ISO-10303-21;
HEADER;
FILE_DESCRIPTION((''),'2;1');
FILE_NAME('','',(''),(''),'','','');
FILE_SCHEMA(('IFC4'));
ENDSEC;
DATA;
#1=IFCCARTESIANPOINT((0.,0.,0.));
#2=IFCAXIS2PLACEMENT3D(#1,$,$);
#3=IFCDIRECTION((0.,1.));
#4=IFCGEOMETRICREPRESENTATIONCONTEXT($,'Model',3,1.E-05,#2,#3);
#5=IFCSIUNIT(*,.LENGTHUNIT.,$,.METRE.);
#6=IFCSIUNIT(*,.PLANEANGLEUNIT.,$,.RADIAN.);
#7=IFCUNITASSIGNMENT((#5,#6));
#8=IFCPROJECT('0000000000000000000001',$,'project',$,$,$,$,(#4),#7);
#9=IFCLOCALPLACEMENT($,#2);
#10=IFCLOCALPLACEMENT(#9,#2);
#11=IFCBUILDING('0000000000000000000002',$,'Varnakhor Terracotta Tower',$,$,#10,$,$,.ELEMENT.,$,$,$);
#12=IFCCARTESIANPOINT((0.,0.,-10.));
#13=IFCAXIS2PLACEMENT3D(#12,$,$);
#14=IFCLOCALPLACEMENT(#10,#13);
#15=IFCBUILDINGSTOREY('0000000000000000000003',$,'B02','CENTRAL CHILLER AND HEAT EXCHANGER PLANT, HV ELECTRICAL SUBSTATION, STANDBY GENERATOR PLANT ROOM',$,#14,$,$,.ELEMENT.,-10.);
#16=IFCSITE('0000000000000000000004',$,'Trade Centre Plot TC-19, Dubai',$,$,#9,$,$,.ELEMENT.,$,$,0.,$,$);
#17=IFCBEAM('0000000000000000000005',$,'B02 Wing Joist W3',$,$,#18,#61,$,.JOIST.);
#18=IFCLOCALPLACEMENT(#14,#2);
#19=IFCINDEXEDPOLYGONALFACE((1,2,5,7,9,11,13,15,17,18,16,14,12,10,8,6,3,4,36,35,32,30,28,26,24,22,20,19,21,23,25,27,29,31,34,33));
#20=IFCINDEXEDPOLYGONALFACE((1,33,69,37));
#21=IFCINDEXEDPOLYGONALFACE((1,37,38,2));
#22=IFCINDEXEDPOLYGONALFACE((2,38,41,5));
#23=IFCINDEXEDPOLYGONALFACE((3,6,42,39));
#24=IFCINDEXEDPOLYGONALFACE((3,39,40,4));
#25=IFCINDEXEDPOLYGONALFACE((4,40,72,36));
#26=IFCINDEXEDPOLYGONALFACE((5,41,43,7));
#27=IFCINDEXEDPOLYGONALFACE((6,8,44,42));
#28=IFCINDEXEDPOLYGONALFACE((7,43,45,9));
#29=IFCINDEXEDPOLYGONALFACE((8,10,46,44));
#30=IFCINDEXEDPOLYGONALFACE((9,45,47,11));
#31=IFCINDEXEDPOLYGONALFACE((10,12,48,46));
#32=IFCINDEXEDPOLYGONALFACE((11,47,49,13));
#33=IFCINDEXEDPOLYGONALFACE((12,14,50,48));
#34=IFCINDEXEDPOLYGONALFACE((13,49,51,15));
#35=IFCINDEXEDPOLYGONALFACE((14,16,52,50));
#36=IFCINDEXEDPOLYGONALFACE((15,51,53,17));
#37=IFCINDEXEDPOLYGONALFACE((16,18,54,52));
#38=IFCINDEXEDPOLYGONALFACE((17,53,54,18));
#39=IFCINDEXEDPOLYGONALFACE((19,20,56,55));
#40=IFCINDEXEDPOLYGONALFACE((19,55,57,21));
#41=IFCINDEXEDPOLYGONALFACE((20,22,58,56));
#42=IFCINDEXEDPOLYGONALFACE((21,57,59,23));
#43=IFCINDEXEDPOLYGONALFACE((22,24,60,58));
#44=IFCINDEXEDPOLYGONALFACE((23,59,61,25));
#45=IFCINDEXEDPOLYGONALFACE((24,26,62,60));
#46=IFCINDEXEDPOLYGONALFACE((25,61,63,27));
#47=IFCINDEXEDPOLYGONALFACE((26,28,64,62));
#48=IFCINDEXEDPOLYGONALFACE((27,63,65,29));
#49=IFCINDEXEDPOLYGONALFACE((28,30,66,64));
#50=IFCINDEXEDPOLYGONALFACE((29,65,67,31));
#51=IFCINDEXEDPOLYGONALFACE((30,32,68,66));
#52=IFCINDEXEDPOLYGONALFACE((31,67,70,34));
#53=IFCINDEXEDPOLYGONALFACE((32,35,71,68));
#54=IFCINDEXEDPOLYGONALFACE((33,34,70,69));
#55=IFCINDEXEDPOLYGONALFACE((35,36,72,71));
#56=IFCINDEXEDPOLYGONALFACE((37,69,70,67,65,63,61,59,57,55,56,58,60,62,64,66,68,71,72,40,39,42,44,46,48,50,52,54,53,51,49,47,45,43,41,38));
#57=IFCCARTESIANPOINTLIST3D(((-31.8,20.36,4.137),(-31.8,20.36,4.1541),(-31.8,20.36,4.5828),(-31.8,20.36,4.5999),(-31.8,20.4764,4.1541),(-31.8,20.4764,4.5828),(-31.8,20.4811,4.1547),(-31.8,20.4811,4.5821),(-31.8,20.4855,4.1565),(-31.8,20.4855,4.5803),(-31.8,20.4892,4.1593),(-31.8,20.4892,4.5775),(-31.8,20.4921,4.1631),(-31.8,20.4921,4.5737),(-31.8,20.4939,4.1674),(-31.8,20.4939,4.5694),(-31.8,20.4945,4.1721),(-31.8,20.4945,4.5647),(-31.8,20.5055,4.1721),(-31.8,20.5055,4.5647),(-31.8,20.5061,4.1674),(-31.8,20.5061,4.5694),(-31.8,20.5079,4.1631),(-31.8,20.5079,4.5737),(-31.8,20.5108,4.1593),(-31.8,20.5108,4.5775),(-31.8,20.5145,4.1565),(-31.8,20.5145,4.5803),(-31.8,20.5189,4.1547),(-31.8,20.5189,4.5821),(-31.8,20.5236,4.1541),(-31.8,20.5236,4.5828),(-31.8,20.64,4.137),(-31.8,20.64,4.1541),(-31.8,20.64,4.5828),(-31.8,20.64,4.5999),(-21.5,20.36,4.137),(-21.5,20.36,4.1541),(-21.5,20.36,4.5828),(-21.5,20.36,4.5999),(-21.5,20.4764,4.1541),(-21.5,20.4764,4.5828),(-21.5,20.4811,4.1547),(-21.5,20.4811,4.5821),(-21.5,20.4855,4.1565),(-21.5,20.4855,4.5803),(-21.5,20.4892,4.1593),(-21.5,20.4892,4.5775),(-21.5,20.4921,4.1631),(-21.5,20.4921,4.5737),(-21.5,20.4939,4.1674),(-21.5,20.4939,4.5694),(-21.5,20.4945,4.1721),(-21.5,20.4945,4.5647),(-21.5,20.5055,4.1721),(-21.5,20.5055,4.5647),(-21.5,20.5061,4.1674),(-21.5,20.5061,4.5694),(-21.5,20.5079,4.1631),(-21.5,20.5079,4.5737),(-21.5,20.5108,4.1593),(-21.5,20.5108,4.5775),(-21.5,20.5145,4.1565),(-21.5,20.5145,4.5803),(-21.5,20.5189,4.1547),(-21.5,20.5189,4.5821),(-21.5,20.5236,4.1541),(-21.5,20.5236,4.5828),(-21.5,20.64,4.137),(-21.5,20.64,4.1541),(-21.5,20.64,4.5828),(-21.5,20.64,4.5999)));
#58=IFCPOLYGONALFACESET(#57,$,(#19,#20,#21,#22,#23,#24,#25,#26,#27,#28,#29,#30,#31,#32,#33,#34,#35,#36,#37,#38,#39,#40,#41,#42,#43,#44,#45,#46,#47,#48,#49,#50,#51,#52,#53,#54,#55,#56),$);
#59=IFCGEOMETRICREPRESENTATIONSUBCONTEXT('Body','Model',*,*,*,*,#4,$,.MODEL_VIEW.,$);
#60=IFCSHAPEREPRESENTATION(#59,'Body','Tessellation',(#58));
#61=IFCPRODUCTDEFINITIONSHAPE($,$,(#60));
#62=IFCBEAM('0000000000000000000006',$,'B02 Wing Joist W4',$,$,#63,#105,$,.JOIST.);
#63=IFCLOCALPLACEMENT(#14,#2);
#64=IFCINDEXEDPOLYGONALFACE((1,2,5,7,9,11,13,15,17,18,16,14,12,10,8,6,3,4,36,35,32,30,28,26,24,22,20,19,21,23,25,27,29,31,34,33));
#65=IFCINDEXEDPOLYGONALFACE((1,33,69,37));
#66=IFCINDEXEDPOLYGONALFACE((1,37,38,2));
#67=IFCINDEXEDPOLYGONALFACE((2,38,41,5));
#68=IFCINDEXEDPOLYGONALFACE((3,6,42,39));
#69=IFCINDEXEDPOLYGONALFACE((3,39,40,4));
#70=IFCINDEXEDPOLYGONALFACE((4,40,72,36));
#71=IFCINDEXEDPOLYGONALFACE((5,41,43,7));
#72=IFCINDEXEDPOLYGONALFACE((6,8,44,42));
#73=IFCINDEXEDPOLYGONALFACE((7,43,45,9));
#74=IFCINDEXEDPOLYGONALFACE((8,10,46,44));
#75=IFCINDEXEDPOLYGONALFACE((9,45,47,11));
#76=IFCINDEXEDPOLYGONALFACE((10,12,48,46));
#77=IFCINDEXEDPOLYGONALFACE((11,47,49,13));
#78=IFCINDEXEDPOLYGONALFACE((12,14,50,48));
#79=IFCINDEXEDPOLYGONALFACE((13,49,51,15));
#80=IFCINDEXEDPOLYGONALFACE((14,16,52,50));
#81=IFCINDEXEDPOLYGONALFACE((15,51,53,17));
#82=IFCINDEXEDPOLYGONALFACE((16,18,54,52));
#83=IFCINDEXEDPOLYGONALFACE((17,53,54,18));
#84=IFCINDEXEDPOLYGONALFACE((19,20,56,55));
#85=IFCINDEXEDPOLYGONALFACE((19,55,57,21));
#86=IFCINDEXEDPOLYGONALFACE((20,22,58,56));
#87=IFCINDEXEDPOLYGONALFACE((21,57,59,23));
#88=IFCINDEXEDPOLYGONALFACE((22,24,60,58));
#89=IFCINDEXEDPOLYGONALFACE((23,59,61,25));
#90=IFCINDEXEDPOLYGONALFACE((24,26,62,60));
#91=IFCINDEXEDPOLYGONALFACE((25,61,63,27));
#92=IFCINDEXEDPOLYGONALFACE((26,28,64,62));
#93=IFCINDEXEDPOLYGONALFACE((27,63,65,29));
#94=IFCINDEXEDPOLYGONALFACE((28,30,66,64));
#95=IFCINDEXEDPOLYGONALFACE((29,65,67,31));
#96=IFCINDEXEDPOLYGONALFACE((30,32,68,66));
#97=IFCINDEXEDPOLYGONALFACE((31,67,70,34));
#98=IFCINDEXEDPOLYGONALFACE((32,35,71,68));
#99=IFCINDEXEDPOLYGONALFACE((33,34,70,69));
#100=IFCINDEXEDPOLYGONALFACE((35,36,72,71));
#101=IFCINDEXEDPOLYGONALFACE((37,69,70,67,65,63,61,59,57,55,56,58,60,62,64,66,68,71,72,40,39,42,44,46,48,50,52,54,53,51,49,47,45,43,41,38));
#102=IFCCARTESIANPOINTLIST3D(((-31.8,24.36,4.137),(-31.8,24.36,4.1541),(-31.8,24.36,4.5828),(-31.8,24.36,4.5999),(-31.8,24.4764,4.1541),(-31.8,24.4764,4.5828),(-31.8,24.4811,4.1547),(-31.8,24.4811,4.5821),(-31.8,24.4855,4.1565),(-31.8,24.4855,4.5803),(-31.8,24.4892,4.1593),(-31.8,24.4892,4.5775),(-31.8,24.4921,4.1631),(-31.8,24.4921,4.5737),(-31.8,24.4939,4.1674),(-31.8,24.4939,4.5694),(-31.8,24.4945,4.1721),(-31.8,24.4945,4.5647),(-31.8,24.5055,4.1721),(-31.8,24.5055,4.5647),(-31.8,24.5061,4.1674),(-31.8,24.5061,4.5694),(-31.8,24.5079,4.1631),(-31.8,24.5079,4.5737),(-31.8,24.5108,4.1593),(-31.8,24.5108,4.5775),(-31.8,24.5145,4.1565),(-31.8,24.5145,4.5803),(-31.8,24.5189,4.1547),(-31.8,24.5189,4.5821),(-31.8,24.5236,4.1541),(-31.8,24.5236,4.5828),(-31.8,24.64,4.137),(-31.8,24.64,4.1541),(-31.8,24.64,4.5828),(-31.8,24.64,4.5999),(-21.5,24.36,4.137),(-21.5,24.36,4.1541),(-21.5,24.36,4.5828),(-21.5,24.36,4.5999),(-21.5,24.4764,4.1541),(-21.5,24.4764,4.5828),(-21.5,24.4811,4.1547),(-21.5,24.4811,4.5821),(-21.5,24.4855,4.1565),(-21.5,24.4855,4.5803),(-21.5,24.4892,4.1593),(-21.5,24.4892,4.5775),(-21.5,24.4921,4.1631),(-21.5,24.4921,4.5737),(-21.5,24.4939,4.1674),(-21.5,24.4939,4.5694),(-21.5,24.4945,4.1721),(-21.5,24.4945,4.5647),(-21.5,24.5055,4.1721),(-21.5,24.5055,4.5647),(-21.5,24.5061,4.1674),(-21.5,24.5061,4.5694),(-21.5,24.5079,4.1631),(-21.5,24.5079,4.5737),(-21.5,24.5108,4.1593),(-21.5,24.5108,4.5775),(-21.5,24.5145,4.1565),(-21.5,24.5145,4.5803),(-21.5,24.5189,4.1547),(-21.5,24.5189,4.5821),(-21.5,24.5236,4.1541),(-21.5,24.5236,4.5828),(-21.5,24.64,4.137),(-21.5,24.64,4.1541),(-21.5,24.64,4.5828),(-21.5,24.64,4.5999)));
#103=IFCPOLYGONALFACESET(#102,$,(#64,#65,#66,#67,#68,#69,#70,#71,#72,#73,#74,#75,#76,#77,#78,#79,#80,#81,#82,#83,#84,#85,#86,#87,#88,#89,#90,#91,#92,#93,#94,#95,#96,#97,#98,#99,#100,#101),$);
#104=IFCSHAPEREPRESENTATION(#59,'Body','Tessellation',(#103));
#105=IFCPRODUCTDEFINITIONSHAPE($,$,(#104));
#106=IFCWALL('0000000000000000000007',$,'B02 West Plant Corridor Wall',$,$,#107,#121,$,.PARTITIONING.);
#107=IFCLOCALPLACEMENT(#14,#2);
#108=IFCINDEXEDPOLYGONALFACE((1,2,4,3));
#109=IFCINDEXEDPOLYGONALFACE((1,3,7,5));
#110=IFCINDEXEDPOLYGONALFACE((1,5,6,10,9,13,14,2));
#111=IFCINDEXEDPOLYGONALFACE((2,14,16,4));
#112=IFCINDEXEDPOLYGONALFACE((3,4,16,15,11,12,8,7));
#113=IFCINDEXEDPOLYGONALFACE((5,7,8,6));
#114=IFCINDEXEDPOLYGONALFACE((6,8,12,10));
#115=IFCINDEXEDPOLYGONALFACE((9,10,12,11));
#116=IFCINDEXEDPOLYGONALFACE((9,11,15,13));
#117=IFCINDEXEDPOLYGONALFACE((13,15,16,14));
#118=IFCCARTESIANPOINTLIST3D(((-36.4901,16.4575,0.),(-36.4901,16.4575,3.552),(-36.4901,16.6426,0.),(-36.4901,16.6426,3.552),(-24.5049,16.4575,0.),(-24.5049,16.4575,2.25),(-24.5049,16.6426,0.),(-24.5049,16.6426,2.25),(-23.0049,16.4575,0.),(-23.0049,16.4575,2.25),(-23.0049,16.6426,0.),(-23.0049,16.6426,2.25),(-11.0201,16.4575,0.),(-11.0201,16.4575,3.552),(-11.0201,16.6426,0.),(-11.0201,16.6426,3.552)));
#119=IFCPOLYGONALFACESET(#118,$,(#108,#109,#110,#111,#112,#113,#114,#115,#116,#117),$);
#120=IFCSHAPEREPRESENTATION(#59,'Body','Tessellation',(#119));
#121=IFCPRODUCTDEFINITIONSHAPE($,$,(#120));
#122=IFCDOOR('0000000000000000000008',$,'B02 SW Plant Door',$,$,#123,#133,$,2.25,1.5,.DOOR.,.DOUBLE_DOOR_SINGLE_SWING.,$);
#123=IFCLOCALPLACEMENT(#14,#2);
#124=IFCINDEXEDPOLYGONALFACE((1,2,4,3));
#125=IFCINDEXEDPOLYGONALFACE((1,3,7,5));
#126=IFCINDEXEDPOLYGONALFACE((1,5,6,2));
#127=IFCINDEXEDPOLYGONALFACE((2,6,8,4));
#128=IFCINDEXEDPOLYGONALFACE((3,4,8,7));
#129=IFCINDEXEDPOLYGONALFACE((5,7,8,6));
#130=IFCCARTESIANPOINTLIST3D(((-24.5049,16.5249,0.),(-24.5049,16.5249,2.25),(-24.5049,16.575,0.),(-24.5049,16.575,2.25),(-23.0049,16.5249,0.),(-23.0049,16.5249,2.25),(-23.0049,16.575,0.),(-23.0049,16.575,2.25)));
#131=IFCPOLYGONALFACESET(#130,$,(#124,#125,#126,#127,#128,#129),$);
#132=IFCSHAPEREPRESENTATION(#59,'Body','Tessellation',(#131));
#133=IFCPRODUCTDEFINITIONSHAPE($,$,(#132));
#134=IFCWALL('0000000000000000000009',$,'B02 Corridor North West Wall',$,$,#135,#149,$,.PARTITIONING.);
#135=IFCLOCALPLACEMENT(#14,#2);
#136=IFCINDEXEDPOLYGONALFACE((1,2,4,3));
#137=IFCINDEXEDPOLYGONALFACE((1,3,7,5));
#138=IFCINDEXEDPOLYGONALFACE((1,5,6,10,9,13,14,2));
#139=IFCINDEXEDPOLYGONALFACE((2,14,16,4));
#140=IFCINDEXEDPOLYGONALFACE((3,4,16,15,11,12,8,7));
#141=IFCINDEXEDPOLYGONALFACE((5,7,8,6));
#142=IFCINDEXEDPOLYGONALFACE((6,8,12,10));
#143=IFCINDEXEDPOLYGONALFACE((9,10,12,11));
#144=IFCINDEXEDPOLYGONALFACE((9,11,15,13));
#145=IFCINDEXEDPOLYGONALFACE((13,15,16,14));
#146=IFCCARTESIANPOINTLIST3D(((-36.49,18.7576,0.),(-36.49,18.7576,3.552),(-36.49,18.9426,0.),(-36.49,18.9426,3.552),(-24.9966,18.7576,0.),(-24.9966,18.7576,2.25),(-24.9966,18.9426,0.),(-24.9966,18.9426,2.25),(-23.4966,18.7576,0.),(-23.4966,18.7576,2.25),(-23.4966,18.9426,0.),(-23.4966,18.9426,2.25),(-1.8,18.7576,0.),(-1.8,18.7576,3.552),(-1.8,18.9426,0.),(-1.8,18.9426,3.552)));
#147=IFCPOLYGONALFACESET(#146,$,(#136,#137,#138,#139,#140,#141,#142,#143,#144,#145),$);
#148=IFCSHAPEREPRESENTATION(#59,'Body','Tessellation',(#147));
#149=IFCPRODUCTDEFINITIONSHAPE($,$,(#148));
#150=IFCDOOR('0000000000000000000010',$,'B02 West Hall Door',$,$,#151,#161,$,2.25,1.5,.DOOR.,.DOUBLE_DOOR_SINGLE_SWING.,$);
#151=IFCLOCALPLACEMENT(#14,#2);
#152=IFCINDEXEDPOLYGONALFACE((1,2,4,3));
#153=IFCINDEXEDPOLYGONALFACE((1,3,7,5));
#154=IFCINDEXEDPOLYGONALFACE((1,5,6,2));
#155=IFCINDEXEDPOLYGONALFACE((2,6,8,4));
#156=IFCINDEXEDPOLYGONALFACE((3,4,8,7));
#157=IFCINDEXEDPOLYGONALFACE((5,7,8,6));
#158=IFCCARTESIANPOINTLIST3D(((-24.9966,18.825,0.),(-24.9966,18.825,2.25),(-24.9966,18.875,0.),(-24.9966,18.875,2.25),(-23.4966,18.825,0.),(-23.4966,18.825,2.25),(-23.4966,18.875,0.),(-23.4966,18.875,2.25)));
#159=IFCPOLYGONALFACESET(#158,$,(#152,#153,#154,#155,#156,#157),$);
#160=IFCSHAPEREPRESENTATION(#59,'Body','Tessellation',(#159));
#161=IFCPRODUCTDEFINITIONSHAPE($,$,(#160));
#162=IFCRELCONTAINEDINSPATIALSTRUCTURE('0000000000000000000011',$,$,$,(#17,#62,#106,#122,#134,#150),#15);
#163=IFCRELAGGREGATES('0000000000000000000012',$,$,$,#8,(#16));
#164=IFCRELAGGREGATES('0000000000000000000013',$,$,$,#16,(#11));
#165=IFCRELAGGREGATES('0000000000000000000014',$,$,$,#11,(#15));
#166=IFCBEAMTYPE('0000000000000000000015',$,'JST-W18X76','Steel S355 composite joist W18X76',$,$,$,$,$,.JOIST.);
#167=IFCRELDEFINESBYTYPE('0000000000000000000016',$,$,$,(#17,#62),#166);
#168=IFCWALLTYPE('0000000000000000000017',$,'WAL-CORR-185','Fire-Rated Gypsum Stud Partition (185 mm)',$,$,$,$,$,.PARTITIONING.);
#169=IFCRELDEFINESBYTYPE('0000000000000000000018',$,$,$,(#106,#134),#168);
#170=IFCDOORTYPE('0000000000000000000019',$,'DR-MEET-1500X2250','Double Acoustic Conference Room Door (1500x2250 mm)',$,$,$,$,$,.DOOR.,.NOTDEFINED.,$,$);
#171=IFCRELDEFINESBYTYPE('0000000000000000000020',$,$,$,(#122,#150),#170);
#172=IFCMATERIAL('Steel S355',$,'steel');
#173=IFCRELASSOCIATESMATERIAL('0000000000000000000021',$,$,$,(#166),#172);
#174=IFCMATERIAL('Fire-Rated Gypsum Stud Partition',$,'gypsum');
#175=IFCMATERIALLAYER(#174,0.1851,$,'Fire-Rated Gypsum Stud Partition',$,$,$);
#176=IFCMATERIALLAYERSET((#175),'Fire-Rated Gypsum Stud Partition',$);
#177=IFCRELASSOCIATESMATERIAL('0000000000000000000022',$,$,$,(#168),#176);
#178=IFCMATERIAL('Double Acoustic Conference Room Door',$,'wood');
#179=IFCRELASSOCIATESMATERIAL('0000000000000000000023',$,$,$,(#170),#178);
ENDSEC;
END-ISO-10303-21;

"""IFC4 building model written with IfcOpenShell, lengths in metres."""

from ifc_helpers import new_model, si_unit, direction, frame, frame_2d, origin, origin_2d, place, context, subcontext, project, spatial, rectangle, i_section, extrude, source, transform, mapped, material, layer, layer_set, material_profile, profile_set, type_object, type_shapes, element, fill, save


model = new_model("IFC4")

# Units and contexts
model_context = context("Model", 3, precision=1e-05, world=origin(), true_north=direction((0.0, 1.0)))
body_context = subcontext(model_context, "Body", "Model", "MODEL_VIEW")
ifc_project = project(units=[si_unit("LENGTHUNIT", "METRE"), si_unit("PLANEANGLEUNIT", "RADIAN")], contexts=[model_context])

# Site, building, storey
site_placement = place(None, origin())
site = spatial("IfcSite", under=ifc_project, at=site_placement, Name="Trade Centre Plot TC-19, Dubai", CompositionType="ELEMENT", RefElevation=0.0)
building_placement = place(site_placement, origin())
building = spatial("IfcBuilding", under=site, at=building_placement, Name="Varnakhor Terracotta Tower", CompositionType="ELEMENT")
storey_placement = place(building_placement, frame((0.0, 0.0, -10.0)))
storey = spatial("IfcBuildingStorey", under=building, at=storey_placement, Name="B02", Description="CENTRAL CHILLER AND HEAT EXCHANGER PLANT, HV ELECTRICAL SUBSTATION, STANDBY GENERATOR PLANT ROOM", CompositionType="ELEMENT", Elevation=-10.0)

# Beams
ifc_material_1 = material(Name="Steel S355", Category="steel")
ifc_material_profile_1 = material_profile(ifc_material_1, i_section(OverallWidth=0.28, OverallDepth=0.4629, WebThickness=0.011, FlangeThickness=0.0171, FilletRadius=0.0181, at=origin_2d()), Name="W18X76")
ifc_profile_set_1 = profile_set([ifc_material_profile_1], Name="Steel S355")
beam_type_1 = type_object("IfcBeamType", Name="JST-W18X76", Description="Steel S355 composite joist W18X76", PredefinedType="JOIST", material=ifc_profile_set_1)
shared_shape_1 = source(origin(), body_context, "Body", "SweptSolid", [
    extrude(i_section(OverallWidth=0.28, OverallDepth=0.4629, WebThickness=0.011, FlangeThickness=0.0171, FilletRadius=0.0181, at=origin_2d()), origin(), (0.0, 0.0, 1.0), 10.3),
])
for number, where, z_axis, x_axis, name in (
    (1, (-31.8, 20.5, 4.3684), (1.0, 0.0, 0.0), (0.0, 1.0, 0.0), "B02 Wing Joist W3"),
    (2, (-31.8, 24.5, 4.3684), (1.0, 0.0, 0.0), (0.0, 1.0, 0.0), "B02 Wing Joist W4"),
):
    element("IfcBeam", number, at=place(storey_placement, frame(where, z_axis=z_axis, x_axis=x_axis)), inside=storey, type_object=beam_type_1, Name=name, PredefinedType="JOIST", context=body_context, shape_type="MappedRepresentation", body=[
        mapped(shared_shape_1, transform((0.0, 0.0, 0.0), scale=1.0)),
    ])

# Walls, openings, doors
ifc_material_2 = material(Name="Fire-Rated Gypsum Stud Partition", Category="gypsum")
ifc_layer_1 = layer(ifc_material_2, 0.1851, Name="Fire-Rated Gypsum Stud Partition")
ifc_layer_set_1 = layer_set([ifc_layer_1], Name="Fire-Rated Gypsum Stud Partition")
wall_type = type_object("IfcWallType", Name="WAL-CORR-185", Description="Fire-Rated Gypsum Stud Partition (185 mm)", PredefinedType="PARTITIONING", material=ifc_layer_set_1)
wall_1_placement = place(storey_placement, frame((-36.49, 16.55, 0.0), z_axis=(0.0, 0.0, 1.0), x_axis=(1.0, 0.0, 0.0)))
wall_1 = element("IfcWall", 3, at=wall_1_placement, inside=storey, type_object=wall_type, Name="B02 West Plant Corridor Wall", PredefinedType="PARTITIONING", context=body_context, shape_type="SweptSolid", body=[
    extrude(rectangle(XDim=25.47, YDim=0.1851, at=frame_2d((12.7349, 0.0))), origin(), (0.0, 0.0, 1.0), 3.552),
])
opening_1_placement = place(wall_1_placement, frame((11.9851, 0.0, 0.0)))
opening_1 = element("IfcOpeningElement", 4, at=opening_1_placement, cuts=wall_1, PredefinedType="OPENING", context=body_context, shape_type="SweptSolid", body=[
    extrude(rectangle(XDim=1.5, YDim=2.25, at=frame_2d((0.75, 1.125))), frame((0.0, 0.1025, 0.0), z_axis=(0.0, -1.0, 0.0), x_axis=(1.0, 0.0, 0.0)), (0.0, 0.0, 1.0), 0.2051),
])
ifc_material_3 = material(Name="Double Acoustic Conference Room Door", Category="wood")
door_type = type_object("IfcDoorType", Name="DR-MEET-1500X2250", Description="Double Acoustic Conference Room Door (1500x2250 mm)", OperationType="NOTDEFINED", PredefinedType="DOOR", material=ifc_material_3)
shared_shape_2 = source(origin(), body_context, "Body", "SweptSolid", [
    extrude(rectangle(XDim=1.5, YDim=2.25, at=frame_2d((0.75, 1.125))), frame((0.0, 0.0249, 0.0), z_axis=(0.0, -1.0, 0.0), x_axis=(1.0, 0.0, 0.0)), (0.0, 0.0, 1.0), 0.05),
])
type_shapes(door_type, [shared_shape_2])
door_1_placement = place(opening_1_placement, origin())
door_1 = element("IfcDoor", 5, at=door_1_placement, inside=storey, type_object=door_type, Name="B02 SW Plant Door", OperationType="DOUBLE_DOOR_SINGLE_SWING", OverallHeight=2.25, OverallWidth=1.5, PredefinedType="DOOR", context=body_context, shape_type="MappedRepresentation", body=[
    mapped(shared_shape_2, transform((0.0, 0.0, 0.0), scale=1.0)),
])
fill(opening_1, door_1)
wall_2_placement = place(storey_placement, frame((-36.49, 18.8501, 0.0), z_axis=(0.0, 0.0, 1.0), x_axis=(1.0, 0.0, 0.0)))
wall_2 = element("IfcWall", 6, at=wall_2_placement, inside=storey, type_object=wall_type, Name="B02 Corridor North West Wall", PredefinedType="PARTITIONING", context=body_context, shape_type="SweptSolid", body=[
    extrude(rectangle(XDim=34.6899, YDim=0.1851, at=frame_2d((17.345, 0.0))), origin(), (0.0, 0.0, 1.0), 3.552),
])
opening_2_placement = place(wall_2_placement, frame((11.4934, 0.0, 0.0)))
opening_2 = element("IfcOpeningElement", 7, at=opening_2_placement, cuts=wall_2, PredefinedType="OPENING", context=body_context, shape_type="SweptSolid", body=[
    extrude(rectangle(XDim=1.5, YDim=2.25, at=frame_2d((0.75, 1.125))), frame((0.0, 0.1025, 0.0), z_axis=(0.0, -1.0, 0.0), x_axis=(1.0, 0.0, 0.0)), (0.0, 0.0, 1.0), 0.2051),
])
door_2_placement = place(opening_2_placement, origin())
door_2 = element("IfcDoor", 8, at=door_2_placement, inside=storey, type_object=door_type, Name="B02 West Hall Door", OperationType="DOUBLE_DOOR_SINGLE_SWING", OverallHeight=2.25, OverallWidth=1.5, PredefinedType="DOOR", context=body_context, shape_type="MappedRepresentation", body=[
    mapped(shared_shape_2, transform((0.0, 0.0, 0.0), scale=1.0)),
])
fill(opening_2, door_2)

save(model, "model.ifc")
